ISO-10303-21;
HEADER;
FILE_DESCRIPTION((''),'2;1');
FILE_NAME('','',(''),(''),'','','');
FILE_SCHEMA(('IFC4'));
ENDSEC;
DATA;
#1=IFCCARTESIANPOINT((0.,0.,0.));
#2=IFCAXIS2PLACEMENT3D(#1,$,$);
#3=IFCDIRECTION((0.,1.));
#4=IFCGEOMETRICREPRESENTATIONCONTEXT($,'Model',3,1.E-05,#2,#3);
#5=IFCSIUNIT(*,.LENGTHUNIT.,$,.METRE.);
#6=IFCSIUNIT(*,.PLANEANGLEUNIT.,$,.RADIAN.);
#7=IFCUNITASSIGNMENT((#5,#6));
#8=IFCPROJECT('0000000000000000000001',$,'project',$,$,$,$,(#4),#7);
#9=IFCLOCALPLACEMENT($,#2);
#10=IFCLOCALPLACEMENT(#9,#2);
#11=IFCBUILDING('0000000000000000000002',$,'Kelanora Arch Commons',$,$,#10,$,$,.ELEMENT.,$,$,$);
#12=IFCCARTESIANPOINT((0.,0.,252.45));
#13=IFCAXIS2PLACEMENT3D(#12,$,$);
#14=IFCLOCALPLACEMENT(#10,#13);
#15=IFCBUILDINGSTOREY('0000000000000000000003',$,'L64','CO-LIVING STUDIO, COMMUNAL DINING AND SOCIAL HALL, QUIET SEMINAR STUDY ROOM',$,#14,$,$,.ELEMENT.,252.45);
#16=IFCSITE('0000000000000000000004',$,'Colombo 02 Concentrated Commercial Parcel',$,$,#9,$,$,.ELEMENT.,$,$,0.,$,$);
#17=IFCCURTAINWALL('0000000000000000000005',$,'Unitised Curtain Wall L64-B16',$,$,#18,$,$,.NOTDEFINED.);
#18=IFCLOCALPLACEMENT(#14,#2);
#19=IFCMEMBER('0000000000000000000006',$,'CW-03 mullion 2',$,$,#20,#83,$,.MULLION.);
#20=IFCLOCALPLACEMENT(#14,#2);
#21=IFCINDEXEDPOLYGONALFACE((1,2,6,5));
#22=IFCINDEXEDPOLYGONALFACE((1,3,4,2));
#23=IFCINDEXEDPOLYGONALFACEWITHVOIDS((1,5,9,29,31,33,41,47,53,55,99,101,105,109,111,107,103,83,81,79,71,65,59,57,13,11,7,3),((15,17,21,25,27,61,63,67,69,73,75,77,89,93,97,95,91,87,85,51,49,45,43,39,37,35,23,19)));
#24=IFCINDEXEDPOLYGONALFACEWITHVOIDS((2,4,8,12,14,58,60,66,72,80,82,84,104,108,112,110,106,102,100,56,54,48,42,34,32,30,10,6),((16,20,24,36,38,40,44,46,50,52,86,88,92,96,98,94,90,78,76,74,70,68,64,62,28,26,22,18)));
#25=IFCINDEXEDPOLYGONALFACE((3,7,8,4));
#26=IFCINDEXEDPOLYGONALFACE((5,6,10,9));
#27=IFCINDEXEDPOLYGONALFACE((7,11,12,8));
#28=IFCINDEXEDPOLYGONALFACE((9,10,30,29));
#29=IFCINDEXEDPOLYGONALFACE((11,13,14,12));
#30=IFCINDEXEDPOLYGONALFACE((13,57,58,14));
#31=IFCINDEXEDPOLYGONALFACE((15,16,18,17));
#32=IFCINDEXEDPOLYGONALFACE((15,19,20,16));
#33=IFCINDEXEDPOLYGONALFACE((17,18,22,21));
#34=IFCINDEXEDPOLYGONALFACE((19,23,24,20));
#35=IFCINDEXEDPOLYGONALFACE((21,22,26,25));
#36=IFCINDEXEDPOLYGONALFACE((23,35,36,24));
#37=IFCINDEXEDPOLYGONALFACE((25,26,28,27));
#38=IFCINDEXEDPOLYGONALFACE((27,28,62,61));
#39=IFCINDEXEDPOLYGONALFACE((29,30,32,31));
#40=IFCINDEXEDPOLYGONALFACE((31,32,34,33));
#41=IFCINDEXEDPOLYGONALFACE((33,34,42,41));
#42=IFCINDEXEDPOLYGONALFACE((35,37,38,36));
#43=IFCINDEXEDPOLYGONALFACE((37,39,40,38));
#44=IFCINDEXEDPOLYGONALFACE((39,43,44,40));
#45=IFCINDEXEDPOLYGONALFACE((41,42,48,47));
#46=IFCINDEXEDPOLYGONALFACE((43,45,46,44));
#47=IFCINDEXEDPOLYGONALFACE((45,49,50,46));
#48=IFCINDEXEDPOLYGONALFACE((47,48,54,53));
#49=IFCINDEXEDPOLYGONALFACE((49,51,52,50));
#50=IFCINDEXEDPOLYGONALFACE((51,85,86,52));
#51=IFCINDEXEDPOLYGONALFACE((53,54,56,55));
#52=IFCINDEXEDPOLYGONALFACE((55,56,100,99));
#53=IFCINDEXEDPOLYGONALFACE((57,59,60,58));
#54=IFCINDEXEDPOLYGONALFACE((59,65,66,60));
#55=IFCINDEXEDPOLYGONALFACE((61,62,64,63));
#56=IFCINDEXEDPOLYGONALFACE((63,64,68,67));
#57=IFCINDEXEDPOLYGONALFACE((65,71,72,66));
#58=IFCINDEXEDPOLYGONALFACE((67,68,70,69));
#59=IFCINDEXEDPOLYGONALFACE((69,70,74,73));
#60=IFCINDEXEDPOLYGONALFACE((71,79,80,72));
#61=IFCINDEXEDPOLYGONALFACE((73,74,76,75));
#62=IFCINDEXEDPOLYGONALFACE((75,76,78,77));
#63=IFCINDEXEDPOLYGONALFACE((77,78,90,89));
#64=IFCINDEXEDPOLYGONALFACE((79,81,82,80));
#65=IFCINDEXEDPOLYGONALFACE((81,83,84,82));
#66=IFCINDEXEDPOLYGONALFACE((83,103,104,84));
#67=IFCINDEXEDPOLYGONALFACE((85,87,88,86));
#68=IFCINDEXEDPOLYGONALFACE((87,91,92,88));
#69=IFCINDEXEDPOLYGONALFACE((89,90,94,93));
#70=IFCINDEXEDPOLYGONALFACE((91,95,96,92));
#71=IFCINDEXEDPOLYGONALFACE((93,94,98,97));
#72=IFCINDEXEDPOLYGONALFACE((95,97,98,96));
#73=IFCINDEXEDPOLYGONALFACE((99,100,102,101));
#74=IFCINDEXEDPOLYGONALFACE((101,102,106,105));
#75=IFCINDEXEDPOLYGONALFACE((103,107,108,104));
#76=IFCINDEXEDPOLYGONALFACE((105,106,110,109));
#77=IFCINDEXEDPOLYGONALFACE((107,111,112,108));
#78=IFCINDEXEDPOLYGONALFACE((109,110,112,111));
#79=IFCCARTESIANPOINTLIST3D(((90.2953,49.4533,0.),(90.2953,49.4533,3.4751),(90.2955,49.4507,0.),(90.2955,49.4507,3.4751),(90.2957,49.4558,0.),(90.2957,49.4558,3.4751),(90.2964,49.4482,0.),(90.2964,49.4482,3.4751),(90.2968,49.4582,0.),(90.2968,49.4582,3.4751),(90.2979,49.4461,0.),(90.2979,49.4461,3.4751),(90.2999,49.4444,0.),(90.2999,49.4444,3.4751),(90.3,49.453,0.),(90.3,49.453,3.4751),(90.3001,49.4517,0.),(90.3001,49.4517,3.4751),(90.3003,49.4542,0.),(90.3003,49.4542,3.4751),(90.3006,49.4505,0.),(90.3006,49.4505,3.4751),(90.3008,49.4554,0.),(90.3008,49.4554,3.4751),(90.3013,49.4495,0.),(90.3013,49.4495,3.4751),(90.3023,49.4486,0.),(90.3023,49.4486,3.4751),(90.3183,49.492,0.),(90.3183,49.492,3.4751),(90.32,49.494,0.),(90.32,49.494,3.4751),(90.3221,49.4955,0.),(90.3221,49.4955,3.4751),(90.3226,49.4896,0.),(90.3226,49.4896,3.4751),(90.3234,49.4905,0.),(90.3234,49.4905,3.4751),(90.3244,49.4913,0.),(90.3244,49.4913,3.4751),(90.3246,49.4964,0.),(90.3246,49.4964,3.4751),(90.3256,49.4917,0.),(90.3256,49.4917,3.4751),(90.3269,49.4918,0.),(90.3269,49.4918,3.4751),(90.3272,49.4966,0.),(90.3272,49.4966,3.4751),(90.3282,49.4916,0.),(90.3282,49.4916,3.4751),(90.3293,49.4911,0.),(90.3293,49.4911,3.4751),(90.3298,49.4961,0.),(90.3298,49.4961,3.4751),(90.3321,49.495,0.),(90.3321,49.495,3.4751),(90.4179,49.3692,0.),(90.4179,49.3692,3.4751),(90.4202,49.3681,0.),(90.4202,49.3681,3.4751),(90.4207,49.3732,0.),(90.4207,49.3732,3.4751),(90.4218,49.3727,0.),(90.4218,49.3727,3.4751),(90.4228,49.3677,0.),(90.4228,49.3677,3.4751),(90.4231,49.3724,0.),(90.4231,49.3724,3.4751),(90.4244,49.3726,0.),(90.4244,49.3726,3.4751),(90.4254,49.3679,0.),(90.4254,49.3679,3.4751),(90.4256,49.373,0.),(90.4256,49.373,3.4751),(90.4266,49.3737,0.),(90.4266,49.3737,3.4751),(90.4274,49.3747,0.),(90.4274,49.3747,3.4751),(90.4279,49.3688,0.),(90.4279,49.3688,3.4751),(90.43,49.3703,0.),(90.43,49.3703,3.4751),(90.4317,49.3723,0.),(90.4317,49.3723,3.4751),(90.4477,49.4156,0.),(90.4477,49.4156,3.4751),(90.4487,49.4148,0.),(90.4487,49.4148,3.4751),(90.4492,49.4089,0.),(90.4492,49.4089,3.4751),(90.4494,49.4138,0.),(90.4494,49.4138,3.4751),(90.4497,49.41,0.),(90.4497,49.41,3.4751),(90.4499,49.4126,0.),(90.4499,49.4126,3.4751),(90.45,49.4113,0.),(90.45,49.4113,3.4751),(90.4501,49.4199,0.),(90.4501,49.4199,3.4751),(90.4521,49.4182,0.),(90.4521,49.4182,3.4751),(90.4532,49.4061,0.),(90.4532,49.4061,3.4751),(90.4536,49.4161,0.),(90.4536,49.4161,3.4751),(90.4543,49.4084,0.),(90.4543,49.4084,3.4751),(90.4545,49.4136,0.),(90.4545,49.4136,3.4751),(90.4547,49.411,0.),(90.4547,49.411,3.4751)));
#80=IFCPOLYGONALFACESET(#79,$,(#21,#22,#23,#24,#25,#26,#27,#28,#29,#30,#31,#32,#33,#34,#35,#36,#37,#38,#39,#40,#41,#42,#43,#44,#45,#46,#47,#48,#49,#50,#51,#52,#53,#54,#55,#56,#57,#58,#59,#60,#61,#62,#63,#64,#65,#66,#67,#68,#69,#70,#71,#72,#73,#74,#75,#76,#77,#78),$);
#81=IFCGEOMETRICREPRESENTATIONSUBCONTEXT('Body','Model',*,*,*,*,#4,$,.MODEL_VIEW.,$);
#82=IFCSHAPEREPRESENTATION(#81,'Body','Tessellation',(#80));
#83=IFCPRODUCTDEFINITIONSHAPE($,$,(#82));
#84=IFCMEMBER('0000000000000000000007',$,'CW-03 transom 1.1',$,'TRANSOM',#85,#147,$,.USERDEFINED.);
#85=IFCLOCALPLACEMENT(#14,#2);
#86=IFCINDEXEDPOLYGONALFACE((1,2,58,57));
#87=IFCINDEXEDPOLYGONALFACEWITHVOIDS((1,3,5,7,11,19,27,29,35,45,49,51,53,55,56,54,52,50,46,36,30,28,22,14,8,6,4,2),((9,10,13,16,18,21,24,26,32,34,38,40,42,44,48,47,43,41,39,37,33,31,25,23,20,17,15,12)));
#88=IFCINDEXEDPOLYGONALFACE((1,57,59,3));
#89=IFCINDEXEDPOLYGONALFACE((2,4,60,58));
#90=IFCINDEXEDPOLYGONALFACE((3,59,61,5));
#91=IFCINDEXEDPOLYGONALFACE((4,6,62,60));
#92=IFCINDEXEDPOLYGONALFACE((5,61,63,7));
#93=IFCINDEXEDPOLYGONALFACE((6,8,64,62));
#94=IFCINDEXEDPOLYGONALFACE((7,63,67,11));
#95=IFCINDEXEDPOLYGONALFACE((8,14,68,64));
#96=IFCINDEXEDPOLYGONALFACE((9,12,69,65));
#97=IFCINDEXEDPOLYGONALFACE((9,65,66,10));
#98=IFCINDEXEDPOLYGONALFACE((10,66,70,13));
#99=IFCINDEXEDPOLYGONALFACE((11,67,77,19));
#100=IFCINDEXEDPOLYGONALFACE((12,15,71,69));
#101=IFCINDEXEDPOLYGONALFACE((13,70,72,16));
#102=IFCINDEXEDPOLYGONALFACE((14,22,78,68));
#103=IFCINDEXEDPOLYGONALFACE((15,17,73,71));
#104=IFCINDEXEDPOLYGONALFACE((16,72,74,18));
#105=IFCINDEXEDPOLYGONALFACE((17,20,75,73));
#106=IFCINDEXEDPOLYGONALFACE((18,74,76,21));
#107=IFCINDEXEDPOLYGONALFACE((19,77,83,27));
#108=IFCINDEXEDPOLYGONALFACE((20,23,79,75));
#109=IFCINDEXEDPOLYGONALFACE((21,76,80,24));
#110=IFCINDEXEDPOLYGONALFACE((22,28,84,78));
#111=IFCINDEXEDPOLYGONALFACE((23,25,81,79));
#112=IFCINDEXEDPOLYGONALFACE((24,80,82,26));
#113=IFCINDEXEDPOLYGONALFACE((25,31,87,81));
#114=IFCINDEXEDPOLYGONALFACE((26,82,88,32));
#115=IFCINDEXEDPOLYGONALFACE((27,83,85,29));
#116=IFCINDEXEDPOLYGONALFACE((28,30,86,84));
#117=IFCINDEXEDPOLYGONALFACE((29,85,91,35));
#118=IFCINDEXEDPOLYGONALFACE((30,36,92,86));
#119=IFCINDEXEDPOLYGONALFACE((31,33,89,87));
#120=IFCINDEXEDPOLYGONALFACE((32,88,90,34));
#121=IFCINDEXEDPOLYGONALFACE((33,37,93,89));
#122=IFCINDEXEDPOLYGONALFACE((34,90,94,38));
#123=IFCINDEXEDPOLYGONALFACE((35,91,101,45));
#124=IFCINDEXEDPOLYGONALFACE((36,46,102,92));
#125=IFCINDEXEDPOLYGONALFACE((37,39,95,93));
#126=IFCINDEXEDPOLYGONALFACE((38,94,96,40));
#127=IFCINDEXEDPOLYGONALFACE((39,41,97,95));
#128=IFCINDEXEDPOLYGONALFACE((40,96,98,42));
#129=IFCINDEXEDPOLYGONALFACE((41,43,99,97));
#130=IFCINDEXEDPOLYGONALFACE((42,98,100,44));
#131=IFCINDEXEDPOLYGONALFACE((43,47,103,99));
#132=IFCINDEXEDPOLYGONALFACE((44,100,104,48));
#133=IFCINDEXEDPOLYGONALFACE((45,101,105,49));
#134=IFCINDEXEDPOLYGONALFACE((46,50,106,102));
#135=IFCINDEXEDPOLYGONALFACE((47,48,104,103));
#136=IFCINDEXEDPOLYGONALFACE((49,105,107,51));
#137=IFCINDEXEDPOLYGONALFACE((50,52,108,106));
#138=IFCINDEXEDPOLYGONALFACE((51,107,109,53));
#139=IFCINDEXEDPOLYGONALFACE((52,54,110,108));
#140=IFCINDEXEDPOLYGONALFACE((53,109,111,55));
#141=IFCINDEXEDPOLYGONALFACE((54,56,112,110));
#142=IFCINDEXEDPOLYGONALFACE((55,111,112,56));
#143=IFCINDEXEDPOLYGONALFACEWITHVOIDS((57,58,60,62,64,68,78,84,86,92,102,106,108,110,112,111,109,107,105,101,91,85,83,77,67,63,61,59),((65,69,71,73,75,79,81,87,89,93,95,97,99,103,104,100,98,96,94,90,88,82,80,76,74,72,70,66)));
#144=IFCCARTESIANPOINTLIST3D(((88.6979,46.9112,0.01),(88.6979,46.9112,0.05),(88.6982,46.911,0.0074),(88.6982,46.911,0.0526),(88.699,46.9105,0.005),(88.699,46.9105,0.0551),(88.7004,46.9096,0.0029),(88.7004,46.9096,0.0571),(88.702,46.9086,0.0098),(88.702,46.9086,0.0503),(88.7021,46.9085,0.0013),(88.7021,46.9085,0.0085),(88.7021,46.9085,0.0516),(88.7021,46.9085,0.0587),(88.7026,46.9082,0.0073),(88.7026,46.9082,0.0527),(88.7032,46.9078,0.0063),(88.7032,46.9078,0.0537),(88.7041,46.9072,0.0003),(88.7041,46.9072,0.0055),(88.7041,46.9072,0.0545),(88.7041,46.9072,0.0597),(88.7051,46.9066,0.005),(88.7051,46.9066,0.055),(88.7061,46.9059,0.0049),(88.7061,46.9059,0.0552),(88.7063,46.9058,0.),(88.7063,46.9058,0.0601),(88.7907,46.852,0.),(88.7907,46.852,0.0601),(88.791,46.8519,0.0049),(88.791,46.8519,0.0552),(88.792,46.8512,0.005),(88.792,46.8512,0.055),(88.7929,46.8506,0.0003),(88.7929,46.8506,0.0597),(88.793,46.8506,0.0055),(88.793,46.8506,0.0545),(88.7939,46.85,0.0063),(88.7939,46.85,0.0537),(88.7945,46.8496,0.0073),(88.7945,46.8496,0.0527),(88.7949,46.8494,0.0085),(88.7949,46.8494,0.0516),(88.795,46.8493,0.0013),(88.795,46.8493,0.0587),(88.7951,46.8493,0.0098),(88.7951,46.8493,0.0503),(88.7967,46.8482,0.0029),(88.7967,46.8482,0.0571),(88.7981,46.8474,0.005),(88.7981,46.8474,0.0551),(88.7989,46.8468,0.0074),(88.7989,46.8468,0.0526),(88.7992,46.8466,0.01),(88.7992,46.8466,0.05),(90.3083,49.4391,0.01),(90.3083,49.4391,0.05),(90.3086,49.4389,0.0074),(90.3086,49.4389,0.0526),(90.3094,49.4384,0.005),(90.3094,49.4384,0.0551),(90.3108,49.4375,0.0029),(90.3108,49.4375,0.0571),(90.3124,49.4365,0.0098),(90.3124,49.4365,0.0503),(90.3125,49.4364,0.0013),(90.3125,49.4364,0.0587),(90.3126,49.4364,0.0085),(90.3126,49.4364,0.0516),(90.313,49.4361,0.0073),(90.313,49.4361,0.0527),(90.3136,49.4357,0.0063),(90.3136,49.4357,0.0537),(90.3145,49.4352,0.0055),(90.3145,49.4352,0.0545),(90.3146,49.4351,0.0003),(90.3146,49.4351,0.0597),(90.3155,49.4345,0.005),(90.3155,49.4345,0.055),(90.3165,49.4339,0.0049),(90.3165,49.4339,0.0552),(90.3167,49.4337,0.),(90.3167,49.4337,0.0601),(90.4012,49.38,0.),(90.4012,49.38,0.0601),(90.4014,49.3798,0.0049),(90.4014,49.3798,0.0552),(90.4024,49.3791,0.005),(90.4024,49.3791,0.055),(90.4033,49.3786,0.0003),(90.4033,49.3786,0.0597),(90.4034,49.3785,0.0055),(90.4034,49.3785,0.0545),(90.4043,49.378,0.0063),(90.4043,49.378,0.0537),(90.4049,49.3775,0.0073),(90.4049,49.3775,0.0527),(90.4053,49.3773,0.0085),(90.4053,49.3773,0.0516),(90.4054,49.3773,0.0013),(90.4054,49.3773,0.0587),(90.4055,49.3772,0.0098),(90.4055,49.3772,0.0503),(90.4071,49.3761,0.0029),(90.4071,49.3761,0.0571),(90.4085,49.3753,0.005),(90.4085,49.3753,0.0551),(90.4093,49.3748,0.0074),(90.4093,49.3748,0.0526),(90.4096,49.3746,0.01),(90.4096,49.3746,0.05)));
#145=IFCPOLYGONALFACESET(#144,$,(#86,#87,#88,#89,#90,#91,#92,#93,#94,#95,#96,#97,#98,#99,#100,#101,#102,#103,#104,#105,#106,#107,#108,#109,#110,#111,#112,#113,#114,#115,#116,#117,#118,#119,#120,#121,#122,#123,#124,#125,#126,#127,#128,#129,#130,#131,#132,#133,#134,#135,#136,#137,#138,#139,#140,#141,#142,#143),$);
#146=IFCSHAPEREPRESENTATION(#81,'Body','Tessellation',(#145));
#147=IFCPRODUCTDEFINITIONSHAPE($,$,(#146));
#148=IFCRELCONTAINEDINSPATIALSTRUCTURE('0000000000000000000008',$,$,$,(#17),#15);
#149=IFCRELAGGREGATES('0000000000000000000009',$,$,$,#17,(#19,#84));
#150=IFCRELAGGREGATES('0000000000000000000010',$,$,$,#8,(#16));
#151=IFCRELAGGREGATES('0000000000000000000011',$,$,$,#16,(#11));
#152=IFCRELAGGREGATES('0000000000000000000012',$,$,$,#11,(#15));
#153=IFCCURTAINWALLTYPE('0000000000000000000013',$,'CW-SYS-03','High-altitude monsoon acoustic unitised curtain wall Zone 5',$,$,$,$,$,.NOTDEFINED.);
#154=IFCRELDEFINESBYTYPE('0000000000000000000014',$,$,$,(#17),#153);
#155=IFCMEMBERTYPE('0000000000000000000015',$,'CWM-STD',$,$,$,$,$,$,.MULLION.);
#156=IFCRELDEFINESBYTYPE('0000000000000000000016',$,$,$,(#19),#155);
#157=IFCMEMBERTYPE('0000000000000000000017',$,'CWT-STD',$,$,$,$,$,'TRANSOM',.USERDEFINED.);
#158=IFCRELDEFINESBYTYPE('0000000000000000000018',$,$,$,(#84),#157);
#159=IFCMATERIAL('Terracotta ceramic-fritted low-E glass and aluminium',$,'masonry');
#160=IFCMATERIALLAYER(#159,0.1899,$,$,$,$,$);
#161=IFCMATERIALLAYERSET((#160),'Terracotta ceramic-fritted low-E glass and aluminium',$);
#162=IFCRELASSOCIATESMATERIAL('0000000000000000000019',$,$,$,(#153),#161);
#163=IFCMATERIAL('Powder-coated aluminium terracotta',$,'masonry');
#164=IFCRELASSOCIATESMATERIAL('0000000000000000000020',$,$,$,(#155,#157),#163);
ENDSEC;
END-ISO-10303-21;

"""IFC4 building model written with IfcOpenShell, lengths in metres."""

from ifc_helpers import new_model, si_unit, direction, frame, origin, origin_2d, place, context, subcontext, project, spatial, hollow_rectangle, extrude, material, layer, layer_set, material_profile, profile_set, type_object, element, aggregate, save


model = new_model("IFC4")

# Units and contexts
model_context = context("Model", 3, precision=1e-05, world=origin(), true_north=direction((0.0, 1.0)))
body_context = subcontext(model_context, "Body", "Model", "MODEL_VIEW")
ifc_project = project(units=[si_unit("LENGTHUNIT", "METRE"), si_unit("PLANEANGLEUNIT", "RADIAN")], contexts=[model_context])

# Site, building, storey
site_placement = place(None, origin())
site = spatial("IfcSite", under=ifc_project, at=site_placement, Name="Colombo 02 Concentrated Commercial Parcel", CompositionType="ELEMENT", RefElevation=0.0)
building_placement = place(site_placement, origin())
building = spatial("IfcBuilding", under=site, at=building_placement, Name="Kelanora Arch Commons", CompositionType="ELEMENT")
storey_placement = place(building_placement, frame((0.0, 0.0, 252.45)))
storey = spatial("IfcBuildingStorey", under=building, at=storey_placement, Name="L64", Description="CO-LIVING STUDIO, COMMUNAL DINING AND SOCIAL HALL, QUIET SEMINAR STUDY ROOM", CompositionType="ELEMENT", Elevation=252.45)

# Shared definitions
ifc_material_1 = material(Name="Terracotta ceramic-fritted low-E glass and aluminium", Category="masonry")
ifc_layer_1 = layer(ifc_material_1, 0.1899)
ifc_layer_set_1 = layer_set([ifc_layer_1], Name="Terracotta ceramic-fritted low-E glass and aluminium")
curtain_wall_type = type_object("IfcCurtainWallType", Name="CW-SYS-03", Description="High-altitude monsoon acoustic unitised curtain wall Zone 5", PredefinedType="NOTDEFINED", material=ifc_layer_set_1)
ifc_material_2 = material(Name="Powder-coated aluminium terracotta", Category="masonry")
ifc_material_profile_1 = material_profile(ifc_material_2, hollow_rectangle(XDim=0.1599, YDim=0.0601, WallThickness=0.0049, InnerFilletRadius=0.0049, OuterFilletRadius=0.01, at=origin_2d()), Name="CWM160x60")
ifc_profile_set_1 = profile_set([ifc_material_profile_1], Name="Powder-coated aluminium terracotta")
member_type_1 = type_object("IfcMemberType", Name="CWM-STD", PredefinedType="MULLION", material=ifc_profile_set_1)

# Curtain wall, members
curtain_wall_1_placement = place(storey_placement, origin())
curtain_wall_1 = element("IfcCurtainWall", 1, at=curtain_wall_1_placement, inside=storey, type_object=curtain_wall_type, Name="Unitised Curtain Wall L64-B16", PredefinedType="NOTDEFINED")
member_1_placement = place(storey_placement, frame((90.375, 49.4321, 0.0), z_axis=(0.0, 0.0, 1.0), x_axis=(-0.843391, 0.5373, 0.0)))
member_1 = element("IfcMember", 2, at=member_1_placement, type_object=member_type_1, Name="CW-03 mullion 2", PredefinedType="MULLION", context=body_context, shape_type="SweptSolid", body=[
    extrude(hollow_rectangle(XDim=0.1599, YDim=0.0601, WallThickness=0.0049, InnerFilletRadius=0.0049, OuterFilletRadius=0.01, at=origin_2d()), origin(), (0.0, 0.0, 1.0), 3.4751),
])
ifc_material_profile_2 = material_profile(ifc_material_2, hollow_rectangle(XDim=0.1201, YDim=0.0601, WallThickness=0.0049, InnerFilletRadius=0.0049, OuterFilletRadius=0.01, at=origin_2d()), Name="CWT120x60")
ifc_profile_set_2 = profile_set([ifc_material_profile_2], Name="Powder-coated aluminium terracotta")
member_type_2 = type_object("IfcMemberType", Name="CWT-STD", ElementType="TRANSOM", PredefinedType="USERDEFINED", material=ifc_profile_set_2)
member_2_placement = place(storey_placement, frame((88.7485, 46.8789, 0.03), z_axis=(0.537287, 0.8434, 0.0), x_axis=(-0.8434, 0.537287, 0.0)))
member_2 = element("IfcMember", 3, at=member_2_placement, type_object=member_type_2, Name="CW-03 transom 1.1", ObjectType="TRANSOM", PredefinedType="USERDEFINED", context=body_context, shape_type="SweptSolid", body=[
    extrude(hollow_rectangle(XDim=0.1201, YDim=0.0601, WallThickness=0.0049, InnerFilletRadius=0.0049, OuterFilletRadius=0.01, at=origin_2d()), origin(), (0.0, 0.0, 1.0), 2.9973),
])
aggregate(curtain_wall_1, [member_1, member_2])

save(model, "model.ifc")
